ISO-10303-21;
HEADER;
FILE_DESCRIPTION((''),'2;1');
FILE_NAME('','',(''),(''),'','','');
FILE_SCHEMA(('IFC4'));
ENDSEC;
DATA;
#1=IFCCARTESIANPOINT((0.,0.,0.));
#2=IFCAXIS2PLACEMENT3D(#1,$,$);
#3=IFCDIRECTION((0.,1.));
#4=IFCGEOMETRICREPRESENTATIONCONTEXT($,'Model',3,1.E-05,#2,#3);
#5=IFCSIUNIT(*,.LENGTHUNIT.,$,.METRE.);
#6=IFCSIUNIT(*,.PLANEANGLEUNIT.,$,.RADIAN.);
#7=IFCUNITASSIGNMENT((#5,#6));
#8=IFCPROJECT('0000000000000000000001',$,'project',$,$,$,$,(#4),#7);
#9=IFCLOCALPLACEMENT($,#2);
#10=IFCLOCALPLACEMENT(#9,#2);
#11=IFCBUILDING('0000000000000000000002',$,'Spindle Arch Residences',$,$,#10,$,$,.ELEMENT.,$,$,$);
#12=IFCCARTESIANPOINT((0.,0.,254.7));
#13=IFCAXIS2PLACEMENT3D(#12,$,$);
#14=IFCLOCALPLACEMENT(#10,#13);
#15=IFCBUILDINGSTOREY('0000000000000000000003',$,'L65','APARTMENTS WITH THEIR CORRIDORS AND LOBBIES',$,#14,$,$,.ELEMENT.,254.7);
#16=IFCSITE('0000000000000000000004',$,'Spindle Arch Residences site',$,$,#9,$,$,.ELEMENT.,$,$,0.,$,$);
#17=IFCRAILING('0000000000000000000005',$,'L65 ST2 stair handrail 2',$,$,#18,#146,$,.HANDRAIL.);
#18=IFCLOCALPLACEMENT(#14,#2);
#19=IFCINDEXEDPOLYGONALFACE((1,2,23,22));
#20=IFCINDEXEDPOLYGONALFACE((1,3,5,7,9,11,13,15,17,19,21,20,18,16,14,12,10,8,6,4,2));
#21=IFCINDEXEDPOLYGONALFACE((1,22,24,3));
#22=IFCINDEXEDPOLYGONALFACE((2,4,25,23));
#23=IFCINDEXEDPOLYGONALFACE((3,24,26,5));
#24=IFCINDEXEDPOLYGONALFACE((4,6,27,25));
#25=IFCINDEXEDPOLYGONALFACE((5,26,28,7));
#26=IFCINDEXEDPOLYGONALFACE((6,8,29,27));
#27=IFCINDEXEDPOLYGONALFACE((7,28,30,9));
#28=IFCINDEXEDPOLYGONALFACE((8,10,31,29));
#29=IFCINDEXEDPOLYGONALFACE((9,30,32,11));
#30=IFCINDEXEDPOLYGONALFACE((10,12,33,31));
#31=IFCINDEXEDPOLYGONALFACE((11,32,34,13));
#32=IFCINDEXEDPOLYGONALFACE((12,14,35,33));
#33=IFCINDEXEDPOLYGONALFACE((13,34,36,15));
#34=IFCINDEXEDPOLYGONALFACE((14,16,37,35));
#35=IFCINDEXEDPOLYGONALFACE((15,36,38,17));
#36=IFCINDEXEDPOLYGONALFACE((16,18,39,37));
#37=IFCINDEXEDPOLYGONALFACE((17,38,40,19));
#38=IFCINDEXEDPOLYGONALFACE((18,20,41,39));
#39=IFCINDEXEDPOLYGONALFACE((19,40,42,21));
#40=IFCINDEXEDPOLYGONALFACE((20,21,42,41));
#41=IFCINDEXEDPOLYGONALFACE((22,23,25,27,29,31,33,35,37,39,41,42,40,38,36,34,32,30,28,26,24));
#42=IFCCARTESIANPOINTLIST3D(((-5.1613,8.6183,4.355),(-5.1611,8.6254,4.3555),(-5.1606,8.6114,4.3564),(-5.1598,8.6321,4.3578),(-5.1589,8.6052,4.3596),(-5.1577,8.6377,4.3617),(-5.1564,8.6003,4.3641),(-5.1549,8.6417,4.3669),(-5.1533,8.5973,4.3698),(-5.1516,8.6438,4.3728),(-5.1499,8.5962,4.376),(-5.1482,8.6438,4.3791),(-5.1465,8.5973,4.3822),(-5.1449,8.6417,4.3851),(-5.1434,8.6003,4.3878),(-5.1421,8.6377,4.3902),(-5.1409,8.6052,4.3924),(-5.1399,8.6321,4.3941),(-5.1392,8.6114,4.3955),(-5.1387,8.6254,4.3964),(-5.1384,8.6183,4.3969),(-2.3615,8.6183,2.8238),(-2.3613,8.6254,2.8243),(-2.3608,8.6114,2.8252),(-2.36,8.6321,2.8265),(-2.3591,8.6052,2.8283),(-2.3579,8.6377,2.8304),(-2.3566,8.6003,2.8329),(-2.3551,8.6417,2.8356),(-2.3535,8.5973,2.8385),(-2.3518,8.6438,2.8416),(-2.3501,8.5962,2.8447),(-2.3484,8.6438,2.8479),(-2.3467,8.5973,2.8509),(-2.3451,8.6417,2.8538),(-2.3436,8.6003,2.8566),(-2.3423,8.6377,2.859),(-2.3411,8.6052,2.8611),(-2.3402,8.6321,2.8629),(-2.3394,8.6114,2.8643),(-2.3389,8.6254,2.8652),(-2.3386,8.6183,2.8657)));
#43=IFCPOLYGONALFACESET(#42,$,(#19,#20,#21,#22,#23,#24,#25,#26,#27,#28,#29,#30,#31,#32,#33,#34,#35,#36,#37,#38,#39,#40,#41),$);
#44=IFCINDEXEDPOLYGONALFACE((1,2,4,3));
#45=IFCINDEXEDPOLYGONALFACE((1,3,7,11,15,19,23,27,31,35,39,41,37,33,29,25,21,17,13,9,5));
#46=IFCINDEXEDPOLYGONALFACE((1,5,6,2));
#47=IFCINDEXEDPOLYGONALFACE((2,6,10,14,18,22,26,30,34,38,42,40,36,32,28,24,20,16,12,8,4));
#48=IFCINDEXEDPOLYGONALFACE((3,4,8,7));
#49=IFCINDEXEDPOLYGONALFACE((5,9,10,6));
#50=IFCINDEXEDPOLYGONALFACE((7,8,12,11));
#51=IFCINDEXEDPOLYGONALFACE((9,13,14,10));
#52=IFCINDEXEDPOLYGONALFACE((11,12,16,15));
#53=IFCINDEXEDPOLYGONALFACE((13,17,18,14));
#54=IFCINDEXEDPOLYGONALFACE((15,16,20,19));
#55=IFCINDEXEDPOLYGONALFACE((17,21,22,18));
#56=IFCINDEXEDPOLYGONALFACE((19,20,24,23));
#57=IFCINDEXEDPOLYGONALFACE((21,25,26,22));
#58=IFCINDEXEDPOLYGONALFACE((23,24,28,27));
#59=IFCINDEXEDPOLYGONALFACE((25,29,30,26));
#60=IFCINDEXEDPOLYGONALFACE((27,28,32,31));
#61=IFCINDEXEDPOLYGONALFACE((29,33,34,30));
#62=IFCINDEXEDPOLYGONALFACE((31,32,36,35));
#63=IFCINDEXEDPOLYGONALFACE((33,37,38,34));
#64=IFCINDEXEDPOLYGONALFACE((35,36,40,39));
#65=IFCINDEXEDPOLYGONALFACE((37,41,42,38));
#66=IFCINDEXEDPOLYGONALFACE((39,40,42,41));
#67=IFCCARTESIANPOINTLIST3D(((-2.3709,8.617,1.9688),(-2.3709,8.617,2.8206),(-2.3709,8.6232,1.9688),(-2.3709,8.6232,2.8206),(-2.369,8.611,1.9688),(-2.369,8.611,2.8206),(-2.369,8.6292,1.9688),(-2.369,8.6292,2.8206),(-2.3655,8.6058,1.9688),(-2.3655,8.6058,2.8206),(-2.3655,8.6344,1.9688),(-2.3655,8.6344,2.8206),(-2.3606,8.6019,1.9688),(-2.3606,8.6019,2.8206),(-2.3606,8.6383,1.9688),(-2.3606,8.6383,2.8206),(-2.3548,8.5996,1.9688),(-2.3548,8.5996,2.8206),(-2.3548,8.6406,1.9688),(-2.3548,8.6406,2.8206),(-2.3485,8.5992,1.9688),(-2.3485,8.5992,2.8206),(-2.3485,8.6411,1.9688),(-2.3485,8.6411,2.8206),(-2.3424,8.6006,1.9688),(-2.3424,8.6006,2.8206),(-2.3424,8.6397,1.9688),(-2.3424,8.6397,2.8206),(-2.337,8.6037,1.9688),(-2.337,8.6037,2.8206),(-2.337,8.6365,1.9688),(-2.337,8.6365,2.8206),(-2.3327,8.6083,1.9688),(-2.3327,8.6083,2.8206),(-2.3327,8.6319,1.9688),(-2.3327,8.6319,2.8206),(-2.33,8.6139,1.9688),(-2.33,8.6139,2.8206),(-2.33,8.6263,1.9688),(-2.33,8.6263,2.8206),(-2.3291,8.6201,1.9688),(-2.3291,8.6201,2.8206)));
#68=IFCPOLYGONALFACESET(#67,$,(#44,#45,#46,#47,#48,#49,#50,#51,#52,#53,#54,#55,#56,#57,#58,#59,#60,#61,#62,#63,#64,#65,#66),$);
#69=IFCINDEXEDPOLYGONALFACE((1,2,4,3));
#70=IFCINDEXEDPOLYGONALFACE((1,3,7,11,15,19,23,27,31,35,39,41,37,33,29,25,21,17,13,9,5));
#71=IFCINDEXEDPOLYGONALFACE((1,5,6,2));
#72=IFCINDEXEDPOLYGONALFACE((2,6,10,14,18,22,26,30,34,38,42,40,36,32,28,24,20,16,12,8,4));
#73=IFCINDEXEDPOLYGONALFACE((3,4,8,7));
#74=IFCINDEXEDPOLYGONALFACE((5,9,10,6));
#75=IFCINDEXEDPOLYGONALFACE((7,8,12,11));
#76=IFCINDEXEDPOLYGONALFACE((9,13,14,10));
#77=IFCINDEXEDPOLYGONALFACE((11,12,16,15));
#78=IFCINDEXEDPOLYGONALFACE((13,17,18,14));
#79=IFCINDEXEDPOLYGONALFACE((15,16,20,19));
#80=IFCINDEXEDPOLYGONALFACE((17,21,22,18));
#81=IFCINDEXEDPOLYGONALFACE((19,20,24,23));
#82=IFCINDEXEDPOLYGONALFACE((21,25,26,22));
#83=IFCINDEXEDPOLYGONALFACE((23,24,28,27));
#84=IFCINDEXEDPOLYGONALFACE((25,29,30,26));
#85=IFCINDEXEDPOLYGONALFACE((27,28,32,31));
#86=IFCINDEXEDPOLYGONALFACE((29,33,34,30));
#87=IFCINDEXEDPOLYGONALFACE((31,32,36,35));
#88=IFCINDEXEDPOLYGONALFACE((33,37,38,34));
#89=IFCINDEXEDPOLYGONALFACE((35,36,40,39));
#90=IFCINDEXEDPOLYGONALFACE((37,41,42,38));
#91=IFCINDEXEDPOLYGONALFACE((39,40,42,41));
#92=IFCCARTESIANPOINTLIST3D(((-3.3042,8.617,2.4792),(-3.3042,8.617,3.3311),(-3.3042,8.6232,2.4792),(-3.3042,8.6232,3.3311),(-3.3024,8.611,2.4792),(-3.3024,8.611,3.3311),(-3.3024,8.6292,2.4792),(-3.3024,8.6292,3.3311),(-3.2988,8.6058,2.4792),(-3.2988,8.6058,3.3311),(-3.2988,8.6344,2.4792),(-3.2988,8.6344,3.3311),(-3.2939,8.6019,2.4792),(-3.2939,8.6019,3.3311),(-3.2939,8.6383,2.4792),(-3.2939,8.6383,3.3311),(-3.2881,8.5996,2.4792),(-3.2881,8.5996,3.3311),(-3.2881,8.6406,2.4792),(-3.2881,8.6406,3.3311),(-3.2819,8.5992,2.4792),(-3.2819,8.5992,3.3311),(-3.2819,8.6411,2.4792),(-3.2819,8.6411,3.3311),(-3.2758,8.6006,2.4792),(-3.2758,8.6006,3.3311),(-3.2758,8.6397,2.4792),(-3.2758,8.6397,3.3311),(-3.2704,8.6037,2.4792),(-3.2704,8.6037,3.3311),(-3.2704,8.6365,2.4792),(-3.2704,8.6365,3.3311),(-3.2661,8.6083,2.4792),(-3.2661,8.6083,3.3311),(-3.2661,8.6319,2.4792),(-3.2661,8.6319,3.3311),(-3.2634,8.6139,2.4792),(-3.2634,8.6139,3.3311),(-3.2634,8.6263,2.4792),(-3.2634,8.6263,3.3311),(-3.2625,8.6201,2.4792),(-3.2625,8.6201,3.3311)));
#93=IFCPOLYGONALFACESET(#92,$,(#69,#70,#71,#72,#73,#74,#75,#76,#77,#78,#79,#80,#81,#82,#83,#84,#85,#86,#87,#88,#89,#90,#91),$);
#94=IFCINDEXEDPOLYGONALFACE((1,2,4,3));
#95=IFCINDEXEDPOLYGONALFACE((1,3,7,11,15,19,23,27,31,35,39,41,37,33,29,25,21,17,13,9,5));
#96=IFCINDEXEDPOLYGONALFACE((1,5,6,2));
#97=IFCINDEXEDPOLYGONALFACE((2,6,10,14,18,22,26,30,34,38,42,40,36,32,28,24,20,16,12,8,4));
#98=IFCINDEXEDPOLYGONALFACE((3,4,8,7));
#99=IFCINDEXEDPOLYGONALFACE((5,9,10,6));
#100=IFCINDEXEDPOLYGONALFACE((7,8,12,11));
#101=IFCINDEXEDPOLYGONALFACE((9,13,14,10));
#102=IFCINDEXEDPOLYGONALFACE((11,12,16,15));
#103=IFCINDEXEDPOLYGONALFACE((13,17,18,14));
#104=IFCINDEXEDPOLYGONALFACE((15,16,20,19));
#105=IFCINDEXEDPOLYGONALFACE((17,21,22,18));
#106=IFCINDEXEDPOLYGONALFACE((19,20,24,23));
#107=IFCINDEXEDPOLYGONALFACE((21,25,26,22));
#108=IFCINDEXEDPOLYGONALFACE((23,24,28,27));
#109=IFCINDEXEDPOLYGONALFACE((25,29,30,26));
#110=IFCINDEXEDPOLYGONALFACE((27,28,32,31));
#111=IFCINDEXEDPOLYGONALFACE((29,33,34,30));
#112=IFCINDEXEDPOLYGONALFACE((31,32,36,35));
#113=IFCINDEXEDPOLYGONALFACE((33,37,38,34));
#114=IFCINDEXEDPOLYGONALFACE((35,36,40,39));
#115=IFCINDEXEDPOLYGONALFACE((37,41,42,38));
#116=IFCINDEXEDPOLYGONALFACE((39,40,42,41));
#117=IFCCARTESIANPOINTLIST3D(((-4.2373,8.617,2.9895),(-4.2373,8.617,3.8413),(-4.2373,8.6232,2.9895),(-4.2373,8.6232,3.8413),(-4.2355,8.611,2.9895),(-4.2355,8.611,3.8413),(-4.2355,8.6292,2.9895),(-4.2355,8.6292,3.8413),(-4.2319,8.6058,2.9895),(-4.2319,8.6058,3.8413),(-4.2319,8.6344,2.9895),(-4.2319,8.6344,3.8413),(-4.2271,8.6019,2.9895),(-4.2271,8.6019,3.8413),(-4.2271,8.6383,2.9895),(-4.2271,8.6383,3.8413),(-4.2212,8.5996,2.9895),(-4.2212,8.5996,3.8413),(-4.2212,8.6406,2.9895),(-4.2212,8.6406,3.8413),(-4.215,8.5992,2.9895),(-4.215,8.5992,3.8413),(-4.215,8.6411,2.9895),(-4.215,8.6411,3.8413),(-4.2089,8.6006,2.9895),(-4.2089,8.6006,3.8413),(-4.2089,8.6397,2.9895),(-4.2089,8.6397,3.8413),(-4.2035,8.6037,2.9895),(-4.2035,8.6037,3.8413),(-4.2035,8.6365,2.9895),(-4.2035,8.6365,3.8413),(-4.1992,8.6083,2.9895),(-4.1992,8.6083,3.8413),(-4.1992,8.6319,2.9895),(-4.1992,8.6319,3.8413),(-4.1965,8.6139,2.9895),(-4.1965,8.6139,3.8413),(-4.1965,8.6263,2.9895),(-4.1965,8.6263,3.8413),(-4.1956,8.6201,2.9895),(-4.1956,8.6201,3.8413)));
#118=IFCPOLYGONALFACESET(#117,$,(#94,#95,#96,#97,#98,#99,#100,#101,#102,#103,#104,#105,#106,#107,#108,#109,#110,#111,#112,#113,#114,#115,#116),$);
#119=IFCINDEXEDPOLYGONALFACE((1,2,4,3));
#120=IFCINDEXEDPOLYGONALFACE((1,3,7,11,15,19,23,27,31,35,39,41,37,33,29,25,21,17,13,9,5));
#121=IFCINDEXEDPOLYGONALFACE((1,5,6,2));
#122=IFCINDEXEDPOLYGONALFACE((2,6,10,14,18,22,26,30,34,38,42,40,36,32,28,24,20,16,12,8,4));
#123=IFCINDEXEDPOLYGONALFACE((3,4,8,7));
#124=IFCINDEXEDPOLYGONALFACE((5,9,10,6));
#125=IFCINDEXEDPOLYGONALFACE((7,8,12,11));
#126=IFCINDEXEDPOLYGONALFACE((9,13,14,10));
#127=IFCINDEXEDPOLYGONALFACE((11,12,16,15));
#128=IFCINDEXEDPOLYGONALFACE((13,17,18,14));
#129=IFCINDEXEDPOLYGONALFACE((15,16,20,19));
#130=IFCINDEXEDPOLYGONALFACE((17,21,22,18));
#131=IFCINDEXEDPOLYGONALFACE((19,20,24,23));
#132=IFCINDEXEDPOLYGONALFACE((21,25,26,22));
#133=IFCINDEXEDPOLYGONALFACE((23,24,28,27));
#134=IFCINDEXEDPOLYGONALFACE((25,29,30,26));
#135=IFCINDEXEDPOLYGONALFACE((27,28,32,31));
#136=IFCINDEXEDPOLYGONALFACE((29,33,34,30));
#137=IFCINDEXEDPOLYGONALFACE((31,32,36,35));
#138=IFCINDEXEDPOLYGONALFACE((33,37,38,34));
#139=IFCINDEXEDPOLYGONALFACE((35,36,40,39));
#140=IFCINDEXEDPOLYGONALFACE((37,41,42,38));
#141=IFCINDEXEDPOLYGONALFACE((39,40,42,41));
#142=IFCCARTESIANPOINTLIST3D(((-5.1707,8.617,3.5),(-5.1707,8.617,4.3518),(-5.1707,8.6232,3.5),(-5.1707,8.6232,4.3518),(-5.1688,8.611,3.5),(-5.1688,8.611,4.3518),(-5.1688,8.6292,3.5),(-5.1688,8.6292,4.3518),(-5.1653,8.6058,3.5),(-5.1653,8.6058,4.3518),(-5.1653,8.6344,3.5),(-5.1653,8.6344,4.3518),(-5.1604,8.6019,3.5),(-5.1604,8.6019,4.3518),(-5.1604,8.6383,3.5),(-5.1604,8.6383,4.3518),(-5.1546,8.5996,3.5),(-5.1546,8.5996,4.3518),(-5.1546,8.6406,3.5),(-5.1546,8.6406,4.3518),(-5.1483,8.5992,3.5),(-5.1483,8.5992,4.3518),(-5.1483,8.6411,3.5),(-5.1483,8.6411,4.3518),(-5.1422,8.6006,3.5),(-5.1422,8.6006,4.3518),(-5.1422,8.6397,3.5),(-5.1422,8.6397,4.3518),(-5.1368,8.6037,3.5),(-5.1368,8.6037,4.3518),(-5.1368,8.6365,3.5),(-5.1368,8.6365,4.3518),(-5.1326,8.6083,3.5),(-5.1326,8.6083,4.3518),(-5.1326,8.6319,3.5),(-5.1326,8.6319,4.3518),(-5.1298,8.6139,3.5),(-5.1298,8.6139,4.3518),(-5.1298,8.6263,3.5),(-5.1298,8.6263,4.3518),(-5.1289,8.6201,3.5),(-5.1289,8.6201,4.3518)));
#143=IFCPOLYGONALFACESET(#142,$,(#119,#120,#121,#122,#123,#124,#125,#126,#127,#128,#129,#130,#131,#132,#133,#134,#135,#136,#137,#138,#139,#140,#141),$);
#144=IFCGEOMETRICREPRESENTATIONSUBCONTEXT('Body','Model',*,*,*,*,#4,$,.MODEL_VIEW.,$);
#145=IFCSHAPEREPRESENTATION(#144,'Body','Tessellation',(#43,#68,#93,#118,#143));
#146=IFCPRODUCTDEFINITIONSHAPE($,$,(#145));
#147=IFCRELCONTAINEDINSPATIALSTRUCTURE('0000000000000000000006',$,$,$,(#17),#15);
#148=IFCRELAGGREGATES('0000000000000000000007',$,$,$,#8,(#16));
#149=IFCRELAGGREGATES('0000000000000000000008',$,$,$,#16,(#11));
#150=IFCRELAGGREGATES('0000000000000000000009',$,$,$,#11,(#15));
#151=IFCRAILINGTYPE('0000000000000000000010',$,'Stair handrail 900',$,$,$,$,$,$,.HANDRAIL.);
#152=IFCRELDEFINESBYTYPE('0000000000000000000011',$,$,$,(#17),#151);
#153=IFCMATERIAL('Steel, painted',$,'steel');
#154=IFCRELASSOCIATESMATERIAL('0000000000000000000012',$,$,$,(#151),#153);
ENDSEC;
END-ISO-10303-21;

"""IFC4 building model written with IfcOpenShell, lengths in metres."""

from ifc_helpers import new_model, si_unit, direction, frame, origin, origin_2d, place, context, subcontext, project, spatial, circle, extrude, material, type_object, element, save


model = new_model("IFC4")

# Units and contexts
model_context = context("Model", 3, precision=1e-05, world=origin(), true_north=direction((0.0, 1.0)))
body_context = subcontext(model_context, "Body", "Model", "MODEL_VIEW")
ifc_project = project(units=[si_unit("LENGTHUNIT", "METRE"), si_unit("PLANEANGLEUNIT", "RADIAN")], contexts=[model_context])

# Site, building, storey
site_placement = place(None, origin())
site = spatial("IfcSite", under=ifc_project, at=site_placement, Name="Spindle Arch Residences site", CompositionType="ELEMENT", RefElevation=0.0)
building_placement = place(site_placement, origin())
building = spatial("IfcBuilding", under=site, at=building_placement, Name="Spindle Arch Residences", CompositionType="ELEMENT")
storey_placement = place(building_placement, frame((0.0, 0.0, 254.7)))
storey = spatial("IfcBuildingStorey", under=building, at=storey_placement, Name="L65", Description="APARTMENTS WITH THEIR CORRIDORS AND LOBBIES", CompositionType="ELEMENT", Elevation=254.7)

# Railing
ifc_material_1 = material(Name="Steel, painted", Category="steel")
railing_type_1 = type_object("IfcRailingType", Name="Stair handrail 900", PredefinedType="HANDRAIL", material=ifc_material_1)
railing_1_placement = place(storey_placement, frame((-2.3501, 8.6201, 1.9688)))
element("IfcRailing", 1, at=railing_1_placement, inside=storey, type_object=railing_type_1, Name="L65 ST2 stair handrail 2", PredefinedType="HANDRAIL", context=body_context, shape_type="SweptSolid", body=[
    extrude(circle(Radius=0.0239, at=origin_2d()), frame((0.0, 0.0, 0.876), z_axis=(-0.877357, 0.0, 0.479838), x_axis=(0.0, -1.0, 0.0)), (0.0, 0.0, 1.0), 3.1912),
    extrude(circle(Radius=0.021, at=origin_2d()), origin(), (0.0, 0.0, 1.0), 0.8518),
    extrude(circle(Radius=0.021, at=origin_2d()), frame((-0.9333, 0.0, 0.5105)), (0.0, 0.0, 1.0), 0.8518),
    extrude(circle(Radius=0.021, at=origin_2d()), frame((-1.8665, 0.0, 1.0208)), (0.0, 0.0, 1.0), 0.8518),
    extrude(circle(Radius=0.021, at=origin_2d()), frame((-2.7998, 0.0, 1.5312)), (0.0, 0.0, 1.0), 0.8518),
])

save(model, "model.ifc")
